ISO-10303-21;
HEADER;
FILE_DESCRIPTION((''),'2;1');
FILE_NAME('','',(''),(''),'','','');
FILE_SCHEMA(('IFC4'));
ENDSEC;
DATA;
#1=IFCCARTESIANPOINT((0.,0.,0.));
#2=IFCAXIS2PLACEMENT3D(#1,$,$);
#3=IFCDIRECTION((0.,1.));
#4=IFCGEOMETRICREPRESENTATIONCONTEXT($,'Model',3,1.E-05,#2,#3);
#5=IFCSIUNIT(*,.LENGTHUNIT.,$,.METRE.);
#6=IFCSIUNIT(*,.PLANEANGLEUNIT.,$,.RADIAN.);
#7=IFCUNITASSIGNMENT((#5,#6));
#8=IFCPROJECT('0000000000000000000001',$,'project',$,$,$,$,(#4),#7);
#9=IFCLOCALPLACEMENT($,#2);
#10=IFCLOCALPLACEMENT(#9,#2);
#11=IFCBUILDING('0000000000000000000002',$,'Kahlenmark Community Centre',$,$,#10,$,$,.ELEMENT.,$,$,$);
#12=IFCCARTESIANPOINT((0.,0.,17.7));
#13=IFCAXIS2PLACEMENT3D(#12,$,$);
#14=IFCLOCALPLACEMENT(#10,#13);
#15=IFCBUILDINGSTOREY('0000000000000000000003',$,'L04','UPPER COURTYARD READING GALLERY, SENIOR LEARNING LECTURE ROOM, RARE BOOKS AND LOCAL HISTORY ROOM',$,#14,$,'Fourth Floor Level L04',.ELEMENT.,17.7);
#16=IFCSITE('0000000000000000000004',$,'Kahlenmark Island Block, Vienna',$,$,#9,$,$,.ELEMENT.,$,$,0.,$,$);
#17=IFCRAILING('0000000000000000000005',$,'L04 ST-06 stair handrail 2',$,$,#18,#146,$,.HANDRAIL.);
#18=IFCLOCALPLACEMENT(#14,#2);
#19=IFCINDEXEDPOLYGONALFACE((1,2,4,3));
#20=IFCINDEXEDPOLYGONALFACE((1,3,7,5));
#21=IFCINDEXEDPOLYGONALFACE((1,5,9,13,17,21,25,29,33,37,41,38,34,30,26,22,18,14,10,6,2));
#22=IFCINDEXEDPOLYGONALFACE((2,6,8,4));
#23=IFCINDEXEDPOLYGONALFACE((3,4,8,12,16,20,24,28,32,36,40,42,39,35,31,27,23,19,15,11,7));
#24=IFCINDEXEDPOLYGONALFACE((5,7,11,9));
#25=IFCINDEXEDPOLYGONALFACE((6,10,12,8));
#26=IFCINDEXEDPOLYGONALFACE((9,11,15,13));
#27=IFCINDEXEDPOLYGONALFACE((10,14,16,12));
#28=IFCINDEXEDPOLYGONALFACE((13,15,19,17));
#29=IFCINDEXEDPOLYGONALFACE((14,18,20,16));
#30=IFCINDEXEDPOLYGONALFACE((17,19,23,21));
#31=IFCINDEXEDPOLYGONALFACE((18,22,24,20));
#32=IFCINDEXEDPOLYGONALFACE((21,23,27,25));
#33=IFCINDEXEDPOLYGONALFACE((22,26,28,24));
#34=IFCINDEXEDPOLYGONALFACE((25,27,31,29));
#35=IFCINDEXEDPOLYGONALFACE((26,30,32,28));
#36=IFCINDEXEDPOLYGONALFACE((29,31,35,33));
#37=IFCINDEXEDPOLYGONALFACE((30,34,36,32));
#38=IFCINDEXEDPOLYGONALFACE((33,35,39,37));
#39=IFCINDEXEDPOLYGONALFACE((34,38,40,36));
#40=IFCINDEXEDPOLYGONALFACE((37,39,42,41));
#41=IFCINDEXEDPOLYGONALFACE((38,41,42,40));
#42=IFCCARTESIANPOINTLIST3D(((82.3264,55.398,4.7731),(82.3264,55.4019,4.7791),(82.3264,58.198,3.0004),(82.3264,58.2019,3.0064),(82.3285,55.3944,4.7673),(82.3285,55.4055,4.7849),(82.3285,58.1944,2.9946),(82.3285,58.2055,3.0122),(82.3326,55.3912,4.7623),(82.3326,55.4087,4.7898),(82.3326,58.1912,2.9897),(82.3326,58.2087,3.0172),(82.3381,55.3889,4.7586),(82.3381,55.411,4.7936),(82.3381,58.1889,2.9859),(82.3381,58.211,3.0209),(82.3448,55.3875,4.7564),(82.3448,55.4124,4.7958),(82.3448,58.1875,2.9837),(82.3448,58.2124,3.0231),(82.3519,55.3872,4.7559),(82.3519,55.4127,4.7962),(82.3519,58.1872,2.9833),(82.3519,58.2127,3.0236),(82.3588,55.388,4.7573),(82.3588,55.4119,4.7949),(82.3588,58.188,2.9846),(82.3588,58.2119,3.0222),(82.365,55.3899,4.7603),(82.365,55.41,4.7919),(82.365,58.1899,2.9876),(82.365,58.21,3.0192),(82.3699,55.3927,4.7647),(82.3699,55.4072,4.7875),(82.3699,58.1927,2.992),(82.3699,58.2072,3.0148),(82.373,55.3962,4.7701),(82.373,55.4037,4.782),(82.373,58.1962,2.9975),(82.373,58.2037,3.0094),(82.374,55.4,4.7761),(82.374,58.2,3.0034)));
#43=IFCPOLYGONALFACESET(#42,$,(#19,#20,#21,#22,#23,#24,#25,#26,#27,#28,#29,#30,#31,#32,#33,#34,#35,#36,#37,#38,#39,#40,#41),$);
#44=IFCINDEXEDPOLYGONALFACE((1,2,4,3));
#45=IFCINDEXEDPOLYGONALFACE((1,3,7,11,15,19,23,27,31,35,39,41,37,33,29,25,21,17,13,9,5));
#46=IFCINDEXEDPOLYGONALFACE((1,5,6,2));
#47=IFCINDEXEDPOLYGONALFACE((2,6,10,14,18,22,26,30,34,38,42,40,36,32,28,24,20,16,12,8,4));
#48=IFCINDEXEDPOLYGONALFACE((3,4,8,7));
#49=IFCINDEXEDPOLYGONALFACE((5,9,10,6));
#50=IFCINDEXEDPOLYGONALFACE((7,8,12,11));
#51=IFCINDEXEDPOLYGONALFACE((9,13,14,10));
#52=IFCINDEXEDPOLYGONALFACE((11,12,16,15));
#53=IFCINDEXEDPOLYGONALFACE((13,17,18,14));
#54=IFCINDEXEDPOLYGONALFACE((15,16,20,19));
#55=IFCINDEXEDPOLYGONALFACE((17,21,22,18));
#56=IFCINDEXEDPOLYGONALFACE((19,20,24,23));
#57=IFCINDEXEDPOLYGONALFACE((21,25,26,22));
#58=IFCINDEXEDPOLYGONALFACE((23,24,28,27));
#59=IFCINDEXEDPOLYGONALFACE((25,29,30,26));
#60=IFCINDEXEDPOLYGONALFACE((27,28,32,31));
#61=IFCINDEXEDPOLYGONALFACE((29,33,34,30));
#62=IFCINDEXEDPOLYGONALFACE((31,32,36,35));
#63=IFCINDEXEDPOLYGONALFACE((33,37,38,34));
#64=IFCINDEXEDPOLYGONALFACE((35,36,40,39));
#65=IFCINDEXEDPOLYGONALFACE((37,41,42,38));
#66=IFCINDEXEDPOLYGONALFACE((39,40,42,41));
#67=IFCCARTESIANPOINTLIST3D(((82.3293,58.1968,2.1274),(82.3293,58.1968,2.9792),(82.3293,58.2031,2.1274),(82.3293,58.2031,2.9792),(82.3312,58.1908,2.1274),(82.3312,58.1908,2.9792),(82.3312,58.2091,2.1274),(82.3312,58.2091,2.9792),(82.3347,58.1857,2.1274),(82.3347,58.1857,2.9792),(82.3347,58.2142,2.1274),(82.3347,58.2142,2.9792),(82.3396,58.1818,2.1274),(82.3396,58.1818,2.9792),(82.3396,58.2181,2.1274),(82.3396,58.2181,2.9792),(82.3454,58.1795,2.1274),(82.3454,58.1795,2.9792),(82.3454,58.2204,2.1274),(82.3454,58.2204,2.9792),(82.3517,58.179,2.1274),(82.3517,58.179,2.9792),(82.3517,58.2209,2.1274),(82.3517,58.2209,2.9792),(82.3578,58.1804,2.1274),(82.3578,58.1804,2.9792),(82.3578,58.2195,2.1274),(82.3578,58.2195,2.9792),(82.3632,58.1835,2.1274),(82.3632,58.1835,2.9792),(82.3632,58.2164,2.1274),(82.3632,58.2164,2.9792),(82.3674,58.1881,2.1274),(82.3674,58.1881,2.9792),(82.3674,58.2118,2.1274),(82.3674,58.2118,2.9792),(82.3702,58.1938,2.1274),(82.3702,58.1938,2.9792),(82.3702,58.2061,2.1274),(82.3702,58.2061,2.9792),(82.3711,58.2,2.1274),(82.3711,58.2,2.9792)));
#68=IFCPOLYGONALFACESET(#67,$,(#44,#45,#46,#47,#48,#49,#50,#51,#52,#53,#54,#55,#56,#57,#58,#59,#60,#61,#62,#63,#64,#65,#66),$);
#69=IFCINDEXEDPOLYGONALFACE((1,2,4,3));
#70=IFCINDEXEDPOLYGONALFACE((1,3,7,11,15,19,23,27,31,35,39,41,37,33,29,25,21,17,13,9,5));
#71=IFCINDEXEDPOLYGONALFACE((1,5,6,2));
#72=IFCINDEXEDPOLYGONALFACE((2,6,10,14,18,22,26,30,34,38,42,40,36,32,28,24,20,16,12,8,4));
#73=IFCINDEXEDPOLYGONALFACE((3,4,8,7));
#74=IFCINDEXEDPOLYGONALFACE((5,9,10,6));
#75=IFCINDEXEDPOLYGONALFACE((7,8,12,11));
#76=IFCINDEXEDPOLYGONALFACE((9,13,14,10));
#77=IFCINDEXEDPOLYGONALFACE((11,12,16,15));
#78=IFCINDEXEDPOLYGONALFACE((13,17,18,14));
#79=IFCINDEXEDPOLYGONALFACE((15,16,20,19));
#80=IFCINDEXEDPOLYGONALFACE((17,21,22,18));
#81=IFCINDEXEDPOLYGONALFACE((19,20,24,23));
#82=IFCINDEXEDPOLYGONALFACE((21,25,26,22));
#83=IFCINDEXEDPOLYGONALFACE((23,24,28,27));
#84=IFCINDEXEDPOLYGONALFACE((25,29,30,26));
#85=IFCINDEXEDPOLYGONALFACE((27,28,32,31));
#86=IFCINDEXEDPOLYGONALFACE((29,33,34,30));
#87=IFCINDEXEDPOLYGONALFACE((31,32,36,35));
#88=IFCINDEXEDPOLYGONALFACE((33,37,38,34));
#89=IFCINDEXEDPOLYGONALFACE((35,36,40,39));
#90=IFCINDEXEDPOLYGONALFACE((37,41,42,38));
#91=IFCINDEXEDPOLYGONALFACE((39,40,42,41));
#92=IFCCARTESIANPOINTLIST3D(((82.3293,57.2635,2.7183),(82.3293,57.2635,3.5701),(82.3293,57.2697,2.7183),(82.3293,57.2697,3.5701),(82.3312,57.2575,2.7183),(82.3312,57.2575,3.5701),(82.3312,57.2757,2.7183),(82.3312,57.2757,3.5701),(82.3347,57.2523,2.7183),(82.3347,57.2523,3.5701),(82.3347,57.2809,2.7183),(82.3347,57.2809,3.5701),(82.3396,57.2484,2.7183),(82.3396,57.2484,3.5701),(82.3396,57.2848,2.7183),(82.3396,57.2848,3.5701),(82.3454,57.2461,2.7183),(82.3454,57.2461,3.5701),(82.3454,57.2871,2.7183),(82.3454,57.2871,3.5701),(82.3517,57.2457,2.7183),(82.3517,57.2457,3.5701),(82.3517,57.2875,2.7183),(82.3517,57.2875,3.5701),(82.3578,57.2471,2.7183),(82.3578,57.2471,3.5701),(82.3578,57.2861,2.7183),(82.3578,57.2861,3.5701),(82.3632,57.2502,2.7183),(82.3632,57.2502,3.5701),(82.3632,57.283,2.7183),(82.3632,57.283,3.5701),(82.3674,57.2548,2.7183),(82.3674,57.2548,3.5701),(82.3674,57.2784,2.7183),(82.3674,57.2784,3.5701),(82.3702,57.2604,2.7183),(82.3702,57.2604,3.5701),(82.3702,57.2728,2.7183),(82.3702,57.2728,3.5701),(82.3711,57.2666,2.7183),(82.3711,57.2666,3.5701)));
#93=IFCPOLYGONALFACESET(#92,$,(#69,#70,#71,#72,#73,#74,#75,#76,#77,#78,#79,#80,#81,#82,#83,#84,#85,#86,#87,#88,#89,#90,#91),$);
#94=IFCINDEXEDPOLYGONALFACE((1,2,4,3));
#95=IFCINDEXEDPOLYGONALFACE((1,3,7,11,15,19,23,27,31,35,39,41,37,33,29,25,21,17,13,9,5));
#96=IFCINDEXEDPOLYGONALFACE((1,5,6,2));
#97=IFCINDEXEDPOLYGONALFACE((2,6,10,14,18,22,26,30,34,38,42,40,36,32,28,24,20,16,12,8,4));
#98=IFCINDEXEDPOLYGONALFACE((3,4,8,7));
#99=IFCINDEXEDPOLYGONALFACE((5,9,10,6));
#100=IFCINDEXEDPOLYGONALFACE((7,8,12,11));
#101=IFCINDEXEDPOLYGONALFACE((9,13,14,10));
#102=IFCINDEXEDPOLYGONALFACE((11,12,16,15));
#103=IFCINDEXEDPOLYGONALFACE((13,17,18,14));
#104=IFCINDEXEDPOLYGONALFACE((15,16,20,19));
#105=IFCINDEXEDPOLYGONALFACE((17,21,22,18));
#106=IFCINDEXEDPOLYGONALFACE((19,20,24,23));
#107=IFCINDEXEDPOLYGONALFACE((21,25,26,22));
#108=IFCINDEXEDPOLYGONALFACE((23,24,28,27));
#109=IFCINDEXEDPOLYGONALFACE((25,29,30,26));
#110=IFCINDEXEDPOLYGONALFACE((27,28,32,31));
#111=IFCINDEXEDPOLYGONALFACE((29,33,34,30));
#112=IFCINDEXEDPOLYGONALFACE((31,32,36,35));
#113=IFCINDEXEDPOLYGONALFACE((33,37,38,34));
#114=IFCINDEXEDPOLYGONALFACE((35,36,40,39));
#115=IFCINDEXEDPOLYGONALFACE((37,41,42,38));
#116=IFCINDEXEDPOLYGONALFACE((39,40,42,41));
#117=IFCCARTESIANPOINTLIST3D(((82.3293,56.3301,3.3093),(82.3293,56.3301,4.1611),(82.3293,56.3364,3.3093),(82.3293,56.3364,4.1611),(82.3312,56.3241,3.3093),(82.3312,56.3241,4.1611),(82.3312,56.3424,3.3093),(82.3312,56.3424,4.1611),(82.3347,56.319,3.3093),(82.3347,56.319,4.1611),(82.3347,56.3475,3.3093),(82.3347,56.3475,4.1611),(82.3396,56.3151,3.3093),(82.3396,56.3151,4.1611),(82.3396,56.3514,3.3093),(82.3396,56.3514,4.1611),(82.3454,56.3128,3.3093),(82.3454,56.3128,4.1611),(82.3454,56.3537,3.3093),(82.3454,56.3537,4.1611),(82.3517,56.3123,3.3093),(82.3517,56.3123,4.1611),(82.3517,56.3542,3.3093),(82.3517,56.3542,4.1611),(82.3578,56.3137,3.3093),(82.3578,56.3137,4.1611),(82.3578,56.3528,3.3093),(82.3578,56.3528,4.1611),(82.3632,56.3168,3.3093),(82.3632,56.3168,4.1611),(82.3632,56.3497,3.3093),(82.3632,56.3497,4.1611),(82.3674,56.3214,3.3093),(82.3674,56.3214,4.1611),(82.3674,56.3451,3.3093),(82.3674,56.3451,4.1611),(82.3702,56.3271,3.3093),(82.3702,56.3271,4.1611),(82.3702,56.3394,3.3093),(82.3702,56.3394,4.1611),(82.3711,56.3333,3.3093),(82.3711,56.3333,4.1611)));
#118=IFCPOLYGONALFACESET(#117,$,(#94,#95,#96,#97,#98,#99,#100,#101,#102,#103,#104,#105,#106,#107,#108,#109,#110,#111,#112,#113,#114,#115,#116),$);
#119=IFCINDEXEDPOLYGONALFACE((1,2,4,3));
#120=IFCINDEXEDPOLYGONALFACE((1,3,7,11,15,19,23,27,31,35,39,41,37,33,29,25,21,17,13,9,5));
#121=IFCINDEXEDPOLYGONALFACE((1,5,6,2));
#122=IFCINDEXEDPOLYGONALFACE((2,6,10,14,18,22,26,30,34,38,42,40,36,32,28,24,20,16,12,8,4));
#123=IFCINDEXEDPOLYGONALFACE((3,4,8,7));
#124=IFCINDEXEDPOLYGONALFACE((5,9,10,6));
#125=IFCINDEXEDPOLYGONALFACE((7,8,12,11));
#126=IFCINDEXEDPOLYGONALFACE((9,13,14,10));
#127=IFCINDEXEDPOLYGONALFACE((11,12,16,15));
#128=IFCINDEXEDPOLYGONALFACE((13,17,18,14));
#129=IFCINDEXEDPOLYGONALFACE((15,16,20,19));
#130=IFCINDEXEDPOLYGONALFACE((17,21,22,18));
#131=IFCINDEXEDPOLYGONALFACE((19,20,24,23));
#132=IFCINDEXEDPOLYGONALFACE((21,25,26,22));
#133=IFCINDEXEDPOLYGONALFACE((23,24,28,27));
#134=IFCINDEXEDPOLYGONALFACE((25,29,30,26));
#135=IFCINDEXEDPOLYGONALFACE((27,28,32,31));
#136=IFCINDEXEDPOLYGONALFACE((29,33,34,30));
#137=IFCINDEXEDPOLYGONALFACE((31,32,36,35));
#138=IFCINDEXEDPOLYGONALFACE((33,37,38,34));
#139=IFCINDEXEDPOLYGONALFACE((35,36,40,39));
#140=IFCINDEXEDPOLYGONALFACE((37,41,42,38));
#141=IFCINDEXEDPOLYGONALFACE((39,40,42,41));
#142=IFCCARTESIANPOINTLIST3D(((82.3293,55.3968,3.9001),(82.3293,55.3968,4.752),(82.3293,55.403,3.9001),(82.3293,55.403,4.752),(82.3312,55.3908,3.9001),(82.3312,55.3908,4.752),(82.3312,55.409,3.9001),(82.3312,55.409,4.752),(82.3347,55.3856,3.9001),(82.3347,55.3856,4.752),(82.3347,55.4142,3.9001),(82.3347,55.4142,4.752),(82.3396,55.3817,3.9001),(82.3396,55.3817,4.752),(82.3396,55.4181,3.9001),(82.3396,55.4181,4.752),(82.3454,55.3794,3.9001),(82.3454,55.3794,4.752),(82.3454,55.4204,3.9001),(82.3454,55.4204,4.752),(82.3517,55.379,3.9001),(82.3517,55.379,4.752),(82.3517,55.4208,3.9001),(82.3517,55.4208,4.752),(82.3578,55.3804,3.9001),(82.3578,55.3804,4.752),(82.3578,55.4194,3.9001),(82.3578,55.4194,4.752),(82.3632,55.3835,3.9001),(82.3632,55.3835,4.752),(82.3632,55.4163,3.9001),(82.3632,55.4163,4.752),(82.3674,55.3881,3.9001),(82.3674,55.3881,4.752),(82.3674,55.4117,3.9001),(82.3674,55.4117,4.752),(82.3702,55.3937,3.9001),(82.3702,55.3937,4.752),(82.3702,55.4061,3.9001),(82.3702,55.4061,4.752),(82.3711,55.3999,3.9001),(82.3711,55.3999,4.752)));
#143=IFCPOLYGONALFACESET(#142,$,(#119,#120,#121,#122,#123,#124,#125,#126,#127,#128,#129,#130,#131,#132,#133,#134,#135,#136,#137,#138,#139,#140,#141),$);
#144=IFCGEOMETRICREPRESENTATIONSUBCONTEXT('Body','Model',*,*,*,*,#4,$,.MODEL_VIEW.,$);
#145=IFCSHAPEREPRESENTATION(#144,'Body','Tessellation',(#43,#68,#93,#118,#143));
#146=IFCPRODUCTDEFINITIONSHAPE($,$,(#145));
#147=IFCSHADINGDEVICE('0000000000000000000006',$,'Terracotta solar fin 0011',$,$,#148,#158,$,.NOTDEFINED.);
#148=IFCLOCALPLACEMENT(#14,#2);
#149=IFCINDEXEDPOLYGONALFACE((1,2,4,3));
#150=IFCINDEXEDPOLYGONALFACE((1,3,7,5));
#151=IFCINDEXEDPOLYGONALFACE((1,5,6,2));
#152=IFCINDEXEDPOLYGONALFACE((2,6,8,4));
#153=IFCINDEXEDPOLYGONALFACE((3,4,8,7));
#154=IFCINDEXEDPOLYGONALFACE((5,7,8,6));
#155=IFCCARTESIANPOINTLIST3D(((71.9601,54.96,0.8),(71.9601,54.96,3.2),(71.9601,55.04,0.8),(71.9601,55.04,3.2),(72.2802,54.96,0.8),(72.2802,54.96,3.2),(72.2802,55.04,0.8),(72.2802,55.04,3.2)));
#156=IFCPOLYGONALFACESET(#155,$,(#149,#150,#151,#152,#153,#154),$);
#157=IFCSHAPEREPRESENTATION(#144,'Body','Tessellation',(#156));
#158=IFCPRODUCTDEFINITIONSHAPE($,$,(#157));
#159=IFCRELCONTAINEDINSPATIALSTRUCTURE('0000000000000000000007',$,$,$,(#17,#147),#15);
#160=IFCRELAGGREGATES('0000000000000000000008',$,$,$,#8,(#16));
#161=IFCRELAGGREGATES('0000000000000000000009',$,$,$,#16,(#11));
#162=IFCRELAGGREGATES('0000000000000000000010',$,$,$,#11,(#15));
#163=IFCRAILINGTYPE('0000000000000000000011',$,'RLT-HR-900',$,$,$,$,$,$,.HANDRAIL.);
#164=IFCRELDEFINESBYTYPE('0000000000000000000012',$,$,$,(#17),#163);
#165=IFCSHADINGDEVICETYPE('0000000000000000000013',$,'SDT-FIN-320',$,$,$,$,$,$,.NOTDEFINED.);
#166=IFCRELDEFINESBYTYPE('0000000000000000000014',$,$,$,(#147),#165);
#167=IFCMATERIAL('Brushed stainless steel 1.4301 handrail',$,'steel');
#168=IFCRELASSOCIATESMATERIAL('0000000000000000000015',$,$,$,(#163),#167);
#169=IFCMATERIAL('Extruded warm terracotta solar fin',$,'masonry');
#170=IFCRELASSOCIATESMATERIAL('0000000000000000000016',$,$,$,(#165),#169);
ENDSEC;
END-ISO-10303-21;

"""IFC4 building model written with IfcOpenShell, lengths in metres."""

from ifc_helpers import new_model, si_unit, direction, frame, origin, origin_2d, place, context, subcontext, project, spatial, rectangle, circle, extrude, material, type_object, element, save


model = new_model("IFC4")

# Units and contexts
model_context = context("Model", 3, precision=1e-05, world=origin(), true_north=direction((0.0, 1.0)))
body_context = subcontext(model_context, "Body", "Model", "MODEL_VIEW")
ifc_project = project(units=[si_unit("LENGTHUNIT", "METRE"), si_unit("PLANEANGLEUNIT", "RADIAN")], contexts=[model_context])

# Site, building, storey
site_placement = place(None, origin())
site = spatial("IfcSite", under=ifc_project, at=site_placement, Name="Kahlenmark Island Block, Vienna", CompositionType="ELEMENT", RefElevation=0.0)
building_placement = place(site_placement, origin())
building = spatial("IfcBuilding", under=site, at=building_placement, Name="Kahlenmark Community Centre", CompositionType="ELEMENT")
storey_placement = place(building_placement, frame((0.0, 0.0, 17.7)))
storey = spatial("IfcBuildingStorey", under=building, at=storey_placement, Name="L04", Description="UPPER COURTYARD READING GALLERY, SENIOR LEARNING LECTURE ROOM, RARE BOOKS AND LOCAL HISTORY ROOM", LongName="Fourth Floor Level L04", CompositionType="ELEMENT", Elevation=17.7)

# Railing
ifc_material_1 = material(Name="Brushed stainless steel 1.4301 handrail", Category="steel")
railing_type = type_object("IfcRailingType", Name="RLT-HR-900", PredefinedType="HANDRAIL", material=ifc_material_1)
railing_placement = place(storey_placement, frame((82.3501, 58.2, 2.1274)))
element("IfcRailing", 1, at=railing_placement, inside=storey, type_object=railing_type, Name="L04 ST-06 stair handrail 2", PredefinedType="HANDRAIL", context=body_context, shape_type="SweptSolid", body=[
    extrude(circle(Radius=0.0239, at=origin_2d()), frame((0.0, 0.0, 0.876), z_axis=(0.0, -0.844909, 0.53491), x_axis=(1.0, 0.0, 0.0)), (0.0, 0.0, 1.0), 3.314),
    extrude(circle(Radius=0.021, at=origin_2d()), origin(), (0.0, 0.0, 1.0), 0.8518),
    extrude(circle(Radius=0.021, at=origin_2d()), frame((0.0, -0.9333, 0.5908)), (0.0, 0.0, 1.0), 0.8518),
    extrude(circle(Radius=0.021, at=origin_2d()), frame((0.0, -1.8667, 1.1819)), (0.0, 0.0, 1.0), 0.8518),
    extrude(circle(Radius=0.021, at=origin_2d()), frame((0.0, -2.8, 1.7727)), (0.0, 0.0, 1.0), 0.8518),
])

# Shading device
ifc_material_2 = material(Name="Extruded warm terracotta solar fin", Category="masonry")
shading_device_type = type_object("IfcShadingDeviceType", Name="SDT-FIN-320", PredefinedType="NOTDEFINED", material=ifc_material_2)
shading_device_placement = place(storey_placement, frame((72.1201, 55.0, 0.8), z_axis=(0.0, 0.0, 1.0), x_axis=(0.0, -1.0, 0.0)))
element("IfcShadingDevice", 2, at=shading_device_placement, inside=storey, type_object=shading_device_type, Name="Terracotta solar fin 0011", PredefinedType="NOTDEFINED", context=body_context, shape_type="SweptSolid", body=[
    extrude(rectangle(XDim=0.0801, YDim=0.3201, at=origin_2d()), origin(), (0.0, 0.0, 1.0), 2.3999),
])

save(model, "model.ifc")
